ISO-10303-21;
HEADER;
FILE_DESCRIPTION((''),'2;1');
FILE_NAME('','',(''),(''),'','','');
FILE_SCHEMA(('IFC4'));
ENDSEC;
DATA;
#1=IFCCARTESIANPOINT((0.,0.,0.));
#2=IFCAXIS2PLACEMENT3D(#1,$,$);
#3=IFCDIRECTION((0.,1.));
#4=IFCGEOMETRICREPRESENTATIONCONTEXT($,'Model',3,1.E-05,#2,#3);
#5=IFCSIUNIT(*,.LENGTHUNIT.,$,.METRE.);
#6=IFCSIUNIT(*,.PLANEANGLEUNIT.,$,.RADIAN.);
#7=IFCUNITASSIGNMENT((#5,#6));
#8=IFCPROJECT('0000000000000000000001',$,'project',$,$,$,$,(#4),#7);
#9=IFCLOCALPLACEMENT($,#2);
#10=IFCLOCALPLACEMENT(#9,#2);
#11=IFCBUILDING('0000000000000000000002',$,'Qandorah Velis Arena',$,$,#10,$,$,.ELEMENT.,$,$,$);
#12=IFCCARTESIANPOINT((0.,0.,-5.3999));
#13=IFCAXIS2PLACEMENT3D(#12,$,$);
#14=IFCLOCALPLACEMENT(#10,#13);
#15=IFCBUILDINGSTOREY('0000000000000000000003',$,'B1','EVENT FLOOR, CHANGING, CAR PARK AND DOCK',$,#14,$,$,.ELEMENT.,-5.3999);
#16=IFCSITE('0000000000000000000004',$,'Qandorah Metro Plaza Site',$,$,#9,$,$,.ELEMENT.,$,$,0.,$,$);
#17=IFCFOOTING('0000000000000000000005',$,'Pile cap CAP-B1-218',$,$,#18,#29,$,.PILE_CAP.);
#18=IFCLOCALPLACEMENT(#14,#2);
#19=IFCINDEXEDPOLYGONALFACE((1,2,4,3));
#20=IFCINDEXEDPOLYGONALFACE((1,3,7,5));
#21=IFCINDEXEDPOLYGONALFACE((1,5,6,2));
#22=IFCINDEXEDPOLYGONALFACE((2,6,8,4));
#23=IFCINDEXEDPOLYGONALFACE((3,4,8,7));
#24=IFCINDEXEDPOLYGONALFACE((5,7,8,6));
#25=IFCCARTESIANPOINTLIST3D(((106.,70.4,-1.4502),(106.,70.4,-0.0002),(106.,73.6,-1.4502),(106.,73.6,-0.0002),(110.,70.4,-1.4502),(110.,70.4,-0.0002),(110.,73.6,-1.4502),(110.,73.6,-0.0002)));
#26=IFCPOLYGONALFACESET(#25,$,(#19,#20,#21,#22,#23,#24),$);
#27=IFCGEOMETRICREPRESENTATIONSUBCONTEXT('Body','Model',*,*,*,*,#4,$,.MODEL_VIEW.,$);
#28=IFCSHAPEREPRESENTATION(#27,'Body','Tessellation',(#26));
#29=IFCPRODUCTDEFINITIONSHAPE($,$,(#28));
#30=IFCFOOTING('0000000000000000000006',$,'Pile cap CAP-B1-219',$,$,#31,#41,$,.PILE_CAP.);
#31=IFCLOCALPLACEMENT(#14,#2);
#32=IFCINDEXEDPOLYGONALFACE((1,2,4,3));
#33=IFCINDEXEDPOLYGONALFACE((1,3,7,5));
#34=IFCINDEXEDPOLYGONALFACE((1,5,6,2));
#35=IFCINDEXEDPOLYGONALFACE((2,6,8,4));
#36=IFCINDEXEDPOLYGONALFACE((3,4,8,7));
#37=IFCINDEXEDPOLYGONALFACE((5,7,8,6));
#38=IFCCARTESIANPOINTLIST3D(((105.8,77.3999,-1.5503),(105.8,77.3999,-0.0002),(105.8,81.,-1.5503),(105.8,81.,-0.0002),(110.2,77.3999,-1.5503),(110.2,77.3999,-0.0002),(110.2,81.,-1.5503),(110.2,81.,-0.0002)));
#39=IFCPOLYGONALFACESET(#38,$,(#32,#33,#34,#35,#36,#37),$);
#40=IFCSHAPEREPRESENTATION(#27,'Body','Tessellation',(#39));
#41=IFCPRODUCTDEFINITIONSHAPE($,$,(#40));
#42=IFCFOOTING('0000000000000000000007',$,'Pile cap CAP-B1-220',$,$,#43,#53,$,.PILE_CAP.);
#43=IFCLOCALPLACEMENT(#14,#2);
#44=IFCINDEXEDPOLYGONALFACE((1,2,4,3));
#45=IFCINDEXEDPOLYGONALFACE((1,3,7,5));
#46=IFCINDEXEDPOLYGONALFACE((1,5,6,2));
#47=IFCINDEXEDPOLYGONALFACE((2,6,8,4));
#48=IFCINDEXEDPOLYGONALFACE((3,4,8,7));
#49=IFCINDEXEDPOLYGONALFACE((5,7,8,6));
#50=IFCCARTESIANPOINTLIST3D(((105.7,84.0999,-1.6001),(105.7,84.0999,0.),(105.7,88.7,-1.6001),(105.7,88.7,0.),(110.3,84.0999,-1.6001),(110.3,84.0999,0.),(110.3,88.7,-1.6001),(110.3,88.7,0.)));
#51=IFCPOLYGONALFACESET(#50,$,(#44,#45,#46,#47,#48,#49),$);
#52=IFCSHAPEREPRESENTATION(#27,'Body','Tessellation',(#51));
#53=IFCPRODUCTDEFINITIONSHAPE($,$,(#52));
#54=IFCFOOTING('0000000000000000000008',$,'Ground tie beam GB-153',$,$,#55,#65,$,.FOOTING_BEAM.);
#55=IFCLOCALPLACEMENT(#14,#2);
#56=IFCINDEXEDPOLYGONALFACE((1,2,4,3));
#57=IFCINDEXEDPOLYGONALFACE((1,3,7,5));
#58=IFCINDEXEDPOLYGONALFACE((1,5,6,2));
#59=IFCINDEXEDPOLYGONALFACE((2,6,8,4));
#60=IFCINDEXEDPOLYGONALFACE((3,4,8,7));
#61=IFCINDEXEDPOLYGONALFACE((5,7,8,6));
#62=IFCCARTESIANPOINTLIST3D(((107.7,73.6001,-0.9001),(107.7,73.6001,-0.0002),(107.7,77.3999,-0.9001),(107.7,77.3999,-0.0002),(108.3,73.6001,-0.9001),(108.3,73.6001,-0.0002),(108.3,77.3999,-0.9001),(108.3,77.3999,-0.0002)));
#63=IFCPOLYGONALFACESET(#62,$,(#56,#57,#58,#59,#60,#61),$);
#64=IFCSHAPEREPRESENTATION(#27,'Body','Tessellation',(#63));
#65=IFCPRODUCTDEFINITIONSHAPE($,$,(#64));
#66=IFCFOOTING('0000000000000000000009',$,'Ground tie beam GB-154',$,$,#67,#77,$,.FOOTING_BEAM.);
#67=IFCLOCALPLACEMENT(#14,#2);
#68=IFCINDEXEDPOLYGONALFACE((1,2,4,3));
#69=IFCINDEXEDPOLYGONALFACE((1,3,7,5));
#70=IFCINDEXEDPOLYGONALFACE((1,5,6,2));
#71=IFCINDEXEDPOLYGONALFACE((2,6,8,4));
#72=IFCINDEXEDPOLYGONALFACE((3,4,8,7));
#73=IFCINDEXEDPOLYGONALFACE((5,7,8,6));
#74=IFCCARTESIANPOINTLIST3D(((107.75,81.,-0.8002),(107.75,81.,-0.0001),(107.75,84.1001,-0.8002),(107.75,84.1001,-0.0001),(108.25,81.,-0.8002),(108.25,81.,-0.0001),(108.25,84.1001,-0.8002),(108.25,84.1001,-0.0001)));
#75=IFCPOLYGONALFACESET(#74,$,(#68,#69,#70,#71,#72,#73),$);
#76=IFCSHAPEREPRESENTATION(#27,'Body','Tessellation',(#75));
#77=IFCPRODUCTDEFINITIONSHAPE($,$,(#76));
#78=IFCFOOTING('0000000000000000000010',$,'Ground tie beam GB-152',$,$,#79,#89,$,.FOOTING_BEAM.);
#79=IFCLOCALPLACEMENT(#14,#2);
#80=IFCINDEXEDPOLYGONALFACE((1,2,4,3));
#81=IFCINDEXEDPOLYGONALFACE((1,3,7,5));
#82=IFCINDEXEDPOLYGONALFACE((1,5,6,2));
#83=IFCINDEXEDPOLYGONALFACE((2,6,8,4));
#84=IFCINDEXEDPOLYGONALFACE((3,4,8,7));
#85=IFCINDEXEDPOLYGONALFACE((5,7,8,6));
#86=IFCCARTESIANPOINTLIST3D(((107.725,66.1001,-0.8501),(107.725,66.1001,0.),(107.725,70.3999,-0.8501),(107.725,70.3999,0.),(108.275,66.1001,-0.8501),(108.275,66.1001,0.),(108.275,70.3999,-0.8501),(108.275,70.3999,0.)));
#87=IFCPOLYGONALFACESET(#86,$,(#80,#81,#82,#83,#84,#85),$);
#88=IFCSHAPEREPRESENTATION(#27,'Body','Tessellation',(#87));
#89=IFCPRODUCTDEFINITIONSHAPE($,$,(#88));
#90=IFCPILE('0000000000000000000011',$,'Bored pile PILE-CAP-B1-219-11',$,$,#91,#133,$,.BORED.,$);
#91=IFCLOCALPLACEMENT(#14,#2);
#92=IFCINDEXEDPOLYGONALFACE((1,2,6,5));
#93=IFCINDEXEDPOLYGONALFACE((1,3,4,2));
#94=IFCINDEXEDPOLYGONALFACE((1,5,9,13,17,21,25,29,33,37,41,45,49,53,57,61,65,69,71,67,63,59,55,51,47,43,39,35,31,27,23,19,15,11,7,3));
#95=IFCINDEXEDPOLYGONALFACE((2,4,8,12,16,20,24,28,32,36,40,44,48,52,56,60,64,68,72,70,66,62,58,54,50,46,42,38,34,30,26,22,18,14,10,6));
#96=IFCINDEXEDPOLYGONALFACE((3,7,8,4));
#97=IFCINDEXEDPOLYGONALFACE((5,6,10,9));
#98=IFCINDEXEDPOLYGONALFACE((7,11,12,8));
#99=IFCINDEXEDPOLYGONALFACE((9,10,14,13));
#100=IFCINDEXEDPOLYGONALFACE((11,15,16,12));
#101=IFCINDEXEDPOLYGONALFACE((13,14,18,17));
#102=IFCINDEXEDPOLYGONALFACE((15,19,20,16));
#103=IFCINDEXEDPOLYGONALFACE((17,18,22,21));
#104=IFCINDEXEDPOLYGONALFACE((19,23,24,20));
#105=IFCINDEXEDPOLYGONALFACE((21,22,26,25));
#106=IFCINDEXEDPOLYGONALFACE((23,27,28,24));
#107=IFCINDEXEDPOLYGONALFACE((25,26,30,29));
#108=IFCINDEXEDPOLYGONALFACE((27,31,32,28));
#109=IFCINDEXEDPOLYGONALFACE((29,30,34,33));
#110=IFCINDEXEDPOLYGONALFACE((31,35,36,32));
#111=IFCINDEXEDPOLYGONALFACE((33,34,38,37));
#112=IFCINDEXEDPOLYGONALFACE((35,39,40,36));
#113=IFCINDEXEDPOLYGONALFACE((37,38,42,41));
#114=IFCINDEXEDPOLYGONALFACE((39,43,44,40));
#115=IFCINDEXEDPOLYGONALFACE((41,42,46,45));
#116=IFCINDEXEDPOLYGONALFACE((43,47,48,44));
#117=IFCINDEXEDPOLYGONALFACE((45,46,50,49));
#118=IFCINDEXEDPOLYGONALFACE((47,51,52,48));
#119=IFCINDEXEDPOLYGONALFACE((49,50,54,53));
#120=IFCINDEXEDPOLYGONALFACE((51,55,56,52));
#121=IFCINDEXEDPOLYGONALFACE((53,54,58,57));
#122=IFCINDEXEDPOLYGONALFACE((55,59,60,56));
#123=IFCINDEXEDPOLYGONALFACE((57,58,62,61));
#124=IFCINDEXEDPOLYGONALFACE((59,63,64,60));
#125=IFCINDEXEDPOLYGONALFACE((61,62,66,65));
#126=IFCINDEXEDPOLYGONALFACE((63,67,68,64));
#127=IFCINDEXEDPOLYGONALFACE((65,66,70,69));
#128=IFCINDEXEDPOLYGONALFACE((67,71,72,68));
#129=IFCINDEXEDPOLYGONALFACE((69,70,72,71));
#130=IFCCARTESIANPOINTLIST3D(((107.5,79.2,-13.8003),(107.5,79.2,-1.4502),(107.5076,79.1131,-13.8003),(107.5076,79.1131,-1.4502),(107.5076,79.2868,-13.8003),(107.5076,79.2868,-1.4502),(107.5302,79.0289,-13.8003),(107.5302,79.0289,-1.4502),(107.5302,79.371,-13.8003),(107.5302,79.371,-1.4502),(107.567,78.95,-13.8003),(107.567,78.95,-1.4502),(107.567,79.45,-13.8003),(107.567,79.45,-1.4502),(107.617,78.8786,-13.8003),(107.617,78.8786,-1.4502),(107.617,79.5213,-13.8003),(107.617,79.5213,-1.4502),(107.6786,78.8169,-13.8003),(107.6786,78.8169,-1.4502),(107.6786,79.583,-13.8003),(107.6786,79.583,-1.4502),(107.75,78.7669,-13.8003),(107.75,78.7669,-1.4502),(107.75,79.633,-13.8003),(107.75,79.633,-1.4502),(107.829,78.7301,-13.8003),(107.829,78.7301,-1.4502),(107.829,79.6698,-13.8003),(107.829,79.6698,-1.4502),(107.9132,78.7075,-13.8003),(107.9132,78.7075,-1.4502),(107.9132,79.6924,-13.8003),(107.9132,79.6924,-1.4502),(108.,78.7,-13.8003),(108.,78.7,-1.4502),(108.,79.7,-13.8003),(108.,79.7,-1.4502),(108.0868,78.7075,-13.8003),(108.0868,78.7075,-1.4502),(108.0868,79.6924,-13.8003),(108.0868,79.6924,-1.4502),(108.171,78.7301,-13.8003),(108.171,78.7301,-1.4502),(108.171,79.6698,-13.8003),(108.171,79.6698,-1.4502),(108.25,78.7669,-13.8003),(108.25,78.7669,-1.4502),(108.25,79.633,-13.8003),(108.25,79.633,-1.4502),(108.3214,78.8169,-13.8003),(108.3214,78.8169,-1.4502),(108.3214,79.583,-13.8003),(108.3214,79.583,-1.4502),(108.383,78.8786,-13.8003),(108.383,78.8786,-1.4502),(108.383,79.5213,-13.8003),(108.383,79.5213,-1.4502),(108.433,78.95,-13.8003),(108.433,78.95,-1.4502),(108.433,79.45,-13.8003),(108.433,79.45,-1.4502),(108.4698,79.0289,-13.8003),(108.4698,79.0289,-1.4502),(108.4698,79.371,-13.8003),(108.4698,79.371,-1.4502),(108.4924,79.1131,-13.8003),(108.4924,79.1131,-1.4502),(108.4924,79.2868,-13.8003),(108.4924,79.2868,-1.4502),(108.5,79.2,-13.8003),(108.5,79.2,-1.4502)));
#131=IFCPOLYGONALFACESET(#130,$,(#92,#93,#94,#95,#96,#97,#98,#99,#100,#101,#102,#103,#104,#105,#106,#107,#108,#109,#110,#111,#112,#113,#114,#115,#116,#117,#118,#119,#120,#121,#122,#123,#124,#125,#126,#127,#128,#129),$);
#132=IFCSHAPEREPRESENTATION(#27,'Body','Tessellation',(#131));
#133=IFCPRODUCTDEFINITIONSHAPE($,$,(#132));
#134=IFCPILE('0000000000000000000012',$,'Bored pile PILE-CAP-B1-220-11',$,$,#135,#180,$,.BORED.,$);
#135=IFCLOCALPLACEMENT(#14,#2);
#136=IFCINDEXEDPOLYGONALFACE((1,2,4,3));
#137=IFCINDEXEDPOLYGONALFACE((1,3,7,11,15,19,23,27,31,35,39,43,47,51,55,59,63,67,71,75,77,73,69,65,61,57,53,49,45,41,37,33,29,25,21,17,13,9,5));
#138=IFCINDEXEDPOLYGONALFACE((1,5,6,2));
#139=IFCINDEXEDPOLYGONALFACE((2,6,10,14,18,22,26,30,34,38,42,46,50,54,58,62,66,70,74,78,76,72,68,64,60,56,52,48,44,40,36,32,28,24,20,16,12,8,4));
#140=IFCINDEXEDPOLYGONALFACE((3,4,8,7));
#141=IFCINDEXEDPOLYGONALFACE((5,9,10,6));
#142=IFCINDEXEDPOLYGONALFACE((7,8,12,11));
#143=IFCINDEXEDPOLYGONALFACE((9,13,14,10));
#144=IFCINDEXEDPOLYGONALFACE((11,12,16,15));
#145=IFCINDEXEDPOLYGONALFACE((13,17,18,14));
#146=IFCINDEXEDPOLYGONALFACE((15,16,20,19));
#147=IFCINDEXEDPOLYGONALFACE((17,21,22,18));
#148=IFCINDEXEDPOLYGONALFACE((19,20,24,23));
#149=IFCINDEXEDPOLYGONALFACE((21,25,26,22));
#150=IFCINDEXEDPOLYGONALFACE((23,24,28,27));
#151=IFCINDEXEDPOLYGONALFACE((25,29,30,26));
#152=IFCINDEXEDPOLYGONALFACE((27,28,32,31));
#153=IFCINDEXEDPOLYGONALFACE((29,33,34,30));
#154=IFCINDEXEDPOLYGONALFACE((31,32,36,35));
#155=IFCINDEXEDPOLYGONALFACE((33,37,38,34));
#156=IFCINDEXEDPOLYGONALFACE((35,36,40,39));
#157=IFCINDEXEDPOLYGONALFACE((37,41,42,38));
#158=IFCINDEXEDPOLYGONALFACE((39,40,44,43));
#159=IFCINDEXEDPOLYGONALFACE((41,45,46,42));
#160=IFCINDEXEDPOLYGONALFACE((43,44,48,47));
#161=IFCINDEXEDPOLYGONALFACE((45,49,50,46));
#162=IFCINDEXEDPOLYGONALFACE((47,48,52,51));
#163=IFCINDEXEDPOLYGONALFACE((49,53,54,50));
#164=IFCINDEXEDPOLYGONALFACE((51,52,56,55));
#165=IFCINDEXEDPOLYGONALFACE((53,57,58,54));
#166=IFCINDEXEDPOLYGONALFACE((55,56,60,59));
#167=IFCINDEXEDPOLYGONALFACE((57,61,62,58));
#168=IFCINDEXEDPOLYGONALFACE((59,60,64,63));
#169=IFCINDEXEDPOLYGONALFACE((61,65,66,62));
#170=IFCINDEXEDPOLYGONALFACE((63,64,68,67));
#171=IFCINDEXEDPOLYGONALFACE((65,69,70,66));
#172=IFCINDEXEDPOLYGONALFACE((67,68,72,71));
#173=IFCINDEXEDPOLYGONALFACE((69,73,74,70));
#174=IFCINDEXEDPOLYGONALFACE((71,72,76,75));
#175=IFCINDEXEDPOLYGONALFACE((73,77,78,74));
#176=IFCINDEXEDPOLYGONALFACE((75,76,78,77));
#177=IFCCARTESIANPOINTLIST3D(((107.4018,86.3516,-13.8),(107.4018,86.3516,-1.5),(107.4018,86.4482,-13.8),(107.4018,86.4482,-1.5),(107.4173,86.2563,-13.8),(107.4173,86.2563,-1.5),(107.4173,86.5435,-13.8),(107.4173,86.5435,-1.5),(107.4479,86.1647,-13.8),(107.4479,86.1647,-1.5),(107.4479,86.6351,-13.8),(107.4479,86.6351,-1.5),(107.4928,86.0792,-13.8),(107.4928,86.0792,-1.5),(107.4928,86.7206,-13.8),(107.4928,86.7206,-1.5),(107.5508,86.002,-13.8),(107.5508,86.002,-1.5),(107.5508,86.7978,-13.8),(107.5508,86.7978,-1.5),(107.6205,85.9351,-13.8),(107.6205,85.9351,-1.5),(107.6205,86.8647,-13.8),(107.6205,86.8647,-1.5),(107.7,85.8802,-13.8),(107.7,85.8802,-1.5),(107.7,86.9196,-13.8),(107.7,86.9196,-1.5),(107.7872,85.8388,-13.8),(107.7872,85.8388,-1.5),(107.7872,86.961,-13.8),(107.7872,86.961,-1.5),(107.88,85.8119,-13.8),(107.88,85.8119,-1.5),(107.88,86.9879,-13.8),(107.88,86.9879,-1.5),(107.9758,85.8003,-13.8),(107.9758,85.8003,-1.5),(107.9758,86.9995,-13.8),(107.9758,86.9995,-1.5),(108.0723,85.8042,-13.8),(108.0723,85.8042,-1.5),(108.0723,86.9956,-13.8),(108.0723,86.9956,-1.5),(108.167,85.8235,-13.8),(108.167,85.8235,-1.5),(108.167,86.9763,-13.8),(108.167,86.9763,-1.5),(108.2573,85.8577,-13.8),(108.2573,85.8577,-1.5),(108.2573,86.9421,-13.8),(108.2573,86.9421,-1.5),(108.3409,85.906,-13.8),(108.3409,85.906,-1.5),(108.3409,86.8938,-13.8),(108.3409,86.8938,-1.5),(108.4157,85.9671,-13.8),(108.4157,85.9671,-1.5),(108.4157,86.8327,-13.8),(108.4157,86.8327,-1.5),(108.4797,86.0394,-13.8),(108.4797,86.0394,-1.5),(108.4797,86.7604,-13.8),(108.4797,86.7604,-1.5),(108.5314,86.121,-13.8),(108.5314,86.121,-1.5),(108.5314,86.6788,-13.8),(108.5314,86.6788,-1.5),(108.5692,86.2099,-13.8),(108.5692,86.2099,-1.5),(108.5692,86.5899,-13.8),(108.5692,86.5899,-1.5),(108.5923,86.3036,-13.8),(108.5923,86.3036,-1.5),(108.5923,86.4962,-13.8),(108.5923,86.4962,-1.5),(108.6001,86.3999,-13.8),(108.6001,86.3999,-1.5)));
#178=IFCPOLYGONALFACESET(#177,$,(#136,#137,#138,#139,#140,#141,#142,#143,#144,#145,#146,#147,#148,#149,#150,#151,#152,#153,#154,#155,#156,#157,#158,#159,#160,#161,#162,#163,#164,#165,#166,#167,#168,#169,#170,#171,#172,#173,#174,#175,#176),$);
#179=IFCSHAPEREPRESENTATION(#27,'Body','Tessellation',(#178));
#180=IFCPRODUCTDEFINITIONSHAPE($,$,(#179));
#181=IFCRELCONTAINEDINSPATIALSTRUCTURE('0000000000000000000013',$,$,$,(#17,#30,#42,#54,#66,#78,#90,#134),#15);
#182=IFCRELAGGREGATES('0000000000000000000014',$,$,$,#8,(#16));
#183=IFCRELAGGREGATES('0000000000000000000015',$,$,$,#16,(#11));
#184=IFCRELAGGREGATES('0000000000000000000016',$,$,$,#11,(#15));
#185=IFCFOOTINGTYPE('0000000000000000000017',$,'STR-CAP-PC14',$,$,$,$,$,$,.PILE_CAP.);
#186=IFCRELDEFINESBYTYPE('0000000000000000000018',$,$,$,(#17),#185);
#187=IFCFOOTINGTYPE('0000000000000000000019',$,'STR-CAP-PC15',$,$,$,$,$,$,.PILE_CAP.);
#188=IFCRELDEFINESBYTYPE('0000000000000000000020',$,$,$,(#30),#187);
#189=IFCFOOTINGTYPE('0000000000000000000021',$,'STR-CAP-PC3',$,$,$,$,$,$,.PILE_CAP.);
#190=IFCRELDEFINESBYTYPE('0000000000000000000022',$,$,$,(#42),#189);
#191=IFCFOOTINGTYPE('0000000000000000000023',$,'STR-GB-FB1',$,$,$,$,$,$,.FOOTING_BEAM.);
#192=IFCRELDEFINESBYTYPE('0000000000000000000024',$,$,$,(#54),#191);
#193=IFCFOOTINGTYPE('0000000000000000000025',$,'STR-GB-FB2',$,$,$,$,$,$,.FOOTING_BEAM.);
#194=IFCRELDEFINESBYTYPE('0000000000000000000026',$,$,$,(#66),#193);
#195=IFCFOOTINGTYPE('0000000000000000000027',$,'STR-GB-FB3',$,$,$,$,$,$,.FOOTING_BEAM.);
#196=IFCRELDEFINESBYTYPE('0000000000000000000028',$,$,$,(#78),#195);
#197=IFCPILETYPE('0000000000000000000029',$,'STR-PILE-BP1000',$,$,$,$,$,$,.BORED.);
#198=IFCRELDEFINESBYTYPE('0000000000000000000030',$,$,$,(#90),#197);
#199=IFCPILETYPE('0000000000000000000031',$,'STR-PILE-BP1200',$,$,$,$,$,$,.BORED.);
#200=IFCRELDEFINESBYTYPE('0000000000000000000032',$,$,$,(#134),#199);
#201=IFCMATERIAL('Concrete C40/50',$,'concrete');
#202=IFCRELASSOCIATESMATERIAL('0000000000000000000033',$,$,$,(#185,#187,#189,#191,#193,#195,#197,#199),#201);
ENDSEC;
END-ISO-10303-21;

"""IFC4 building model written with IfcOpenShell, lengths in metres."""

from ifc_helpers import new_model, si_unit, direction, frame, origin, origin_2d, place, context, subcontext, project, spatial, rectangle, circle, extrude, material, material_profile, profile_set, type_object, element, save


model = new_model("IFC4")

# Units and contexts
model_context = context("Model", 3, precision=1e-05, world=origin(), true_north=direction((0.0, 1.0)))
body_context = subcontext(model_context, "Body", "Model", "MODEL_VIEW")
ifc_project = project(units=[si_unit("LENGTHUNIT", "METRE"), si_unit("PLANEANGLEUNIT", "RADIAN")], contexts=[model_context])

# Site, building, storey
site_placement = place(None, origin())
site = spatial("IfcSite", under=ifc_project, at=site_placement, Name="Qandorah Metro Plaza Site", CompositionType="ELEMENT", RefElevation=0.0)
building_placement = place(site_placement, origin())
building = spatial("IfcBuilding", under=site, at=building_placement, Name="Qandorah Velis Arena", CompositionType="ELEMENT")
storey_placement = place(building_placement, frame((0.0, 0.0, -5.3999)))
storey = spatial("IfcBuildingStorey", under=building, at=storey_placement, Name="B1", Description="EVENT FLOOR, CHANGING, CAR PARK AND DOCK", CompositionType="ELEMENT", Elevation=-5.3999)

# Footings
ifc_material = material(Name="Concrete C40/50", Category="concrete")
footing_type_1 = type_object("IfcFootingType", Name="STR-CAP-PC14", PredefinedType="PILE_CAP", material=ifc_material)
footing_1_placement = place(storey_placement, frame((108.0, 72.0, -1.4502), z_axis=(0.0, 0.0, 1.0), x_axis=(1.0, 0.0, 0.0)))
element("IfcFooting", 1, at=footing_1_placement, inside=storey, type_object=footing_type_1, Name="Pile cap CAP-B1-218", PredefinedType="PILE_CAP", context=body_context, shape_type="SweptSolid", body=[
    extrude(rectangle(XDim=4.0, YDim=3.2, at=origin_2d()), origin(), (0.0, 0.0, 1.0), 1.45),
])
footing_type_2 = type_object("IfcFootingType", Name="STR-CAP-PC15", PredefinedType="PILE_CAP", material=ifc_material)
footing_2_placement = place(storey_placement, frame((108.0, 79.2, -1.5503), z_axis=(0.0, 0.0, 1.0), x_axis=(1.0, 0.0, 0.0)))
element("IfcFooting", 2, at=footing_2_placement, inside=storey, type_object=footing_type_2, Name="Pile cap CAP-B1-219", PredefinedType="PILE_CAP", context=body_context, shape_type="SweptSolid", body=[
    extrude(rectangle(XDim=4.3999, YDim=3.6001, at=origin_2d()), origin(), (0.0, 0.0, 1.0), 1.55),
])
footing_type_3 = type_object("IfcFootingType", Name="STR-CAP-PC3", PredefinedType="PILE_CAP", material=ifc_material)
footing_3_placement = place(storey_placement, frame((108.0, 86.3999, -1.6001), z_axis=(0.0, 0.0, 1.0), x_axis=(1.0, 0.0, 0.0)))
element("IfcFooting", 3, at=footing_3_placement, inside=storey, type_object=footing_type_3, Name="Pile cap CAP-B1-220", PredefinedType="PILE_CAP", context=body_context, shape_type="SweptSolid", body=[
    extrude(rectangle(XDim=4.6001, YDim=4.6001, at=origin_2d()), origin(), (0.0, 0.0, 1.0), 1.6001),
])
ifc_material_profile_1 = material_profile(ifc_material, rectangle(XDim=0.6001, YDim=0.8999, at=origin_2d()), Name="GB1 600x900")
ifc_profile_set_1 = profile_set([ifc_material_profile_1], Name="Concrete C40/50")
footing_type_4 = type_object("IfcFootingType", Name="STR-GB-FB1", PredefinedType="FOOTING_BEAM", material=ifc_profile_set_1)
footing_4_placement = place(storey_placement, frame((108.0, 73.6001, -0.4502), z_axis=(0.0, 1.0, 0.0), x_axis=(-1.0, 0.0, 0.0)))
element("IfcFooting", 4, at=footing_4_placement, inside=storey, type_object=footing_type_4, Name="Ground tie beam GB-153", PredefinedType="FOOTING_BEAM", context=body_context, shape_type="SweptSolid", body=[
    extrude(rectangle(XDim=0.6001, YDim=0.8999, at=origin_2d()), origin(), (0.0, 0.0, 1.0), 3.7998),
])
ifc_material_profile_2 = material_profile(ifc_material, rectangle(XDim=0.5, YDim=0.8, at=origin_2d()), Name="GB2 500x800")
ifc_profile_set_2 = profile_set([ifc_material_profile_2], Name="Concrete C40/50")
footing_type_5 = type_object("IfcFootingType", Name="STR-GB-FB2", PredefinedType="FOOTING_BEAM", material=ifc_profile_set_2)
footing_5_placement = place(storey_placement, frame((108.0, 81.0, -0.4001), z_axis=(0.0, 1.0, 0.0), x_axis=(-1.0, 0.0, 0.0)))
element("IfcFooting", 5, at=footing_5_placement, inside=storey, type_object=footing_type_5, Name="Ground tie beam GB-154", PredefinedType="FOOTING_BEAM", context=body_context, shape_type="SweptSolid", body=[
    extrude(rectangle(XDim=0.5, YDim=0.8, at=origin_2d()), origin(), (0.0, 0.0, 1.0), 3.1001),
])
ifc_material_profile_3 = material_profile(ifc_material, rectangle(XDim=0.55, YDim=0.8501, at=origin_2d()), Name="GB3 550x850")
ifc_profile_set_3 = profile_set([ifc_material_profile_3], Name="Concrete C40/50")
footing_type_6 = type_object("IfcFootingType", Name="STR-GB-FB3", PredefinedType="FOOTING_BEAM", material=ifc_profile_set_3)
footing_6_placement = place(storey_placement, frame((108.0, 66.1001, -0.425), z_axis=(0.0, 1.0, 0.0), x_axis=(-1.0, 0.0, 0.0)))
element("IfcFooting", 6, at=footing_6_placement, inside=storey, type_object=footing_type_6, Name="Ground tie beam GB-152", PredefinedType="FOOTING_BEAM", context=body_context, shape_type="SweptSolid", body=[
    extrude(rectangle(XDim=0.55, YDim=0.8501, at=origin_2d()), origin(), (0.0, 0.0, 1.0), 4.2998),
])

# Piles
ifc_material_profile_4 = material_profile(ifc_material, circle(Radius=0.5, at=origin_2d()), Name="BORED PILE D1000")
ifc_profile_set_4 = profile_set([ifc_material_profile_4], Name="Concrete C40/50")
pile_type_1 = type_object("IfcPileType", Name="STR-PILE-BP1000", PredefinedType="BORED", material=ifc_profile_set_4)
pile_1_placement = place(storey_placement, frame((108.0, 79.2, -1.4502), z_axis=(0.0, 0.0, -1.0), x_axis=(1.0, 0.0, 0.0)))
element("IfcPile", 7, at=pile_1_placement, inside=storey, type_object=pile_type_1, Name="Bored pile PILE-CAP-B1-219-11", PredefinedType="BORED", context=body_context, shape_type="SweptSolid", body=[
    extrude(circle(Radius=0.5, at=origin_2d()), origin(), (0.0, 0.0, 1.0), 12.3501),
])
ifc_material_profile_5 = material_profile(ifc_material, circle(Radius=0.6001, at=origin_2d()), Name="BORED PILE D1200")
ifc_profile_set_5 = profile_set([ifc_material_profile_5], Name="Concrete C40/50")
pile_type_2 = type_object("IfcPileType", Name="STR-PILE-BP1200", PredefinedType="BORED", material=ifc_profile_set_5)
pile_2_placement = place(storey_placement, frame((108.0, 86.3999, -1.5), z_axis=(0.0, 0.0, -1.0), x_axis=(1.0, 0.0, 0.0)))
element("IfcPile", 8, at=pile_2_placement, inside=storey, type_object=pile_type_2, Name="Bored pile PILE-CAP-B1-220-11", PredefinedType="BORED", context=body_context, shape_type="SweptSolid", body=[
    extrude(circle(Radius=0.6001, at=origin_2d()), origin(), (0.0, 0.0, 1.0), 12.3),
])

save(model, "model.ifc")
